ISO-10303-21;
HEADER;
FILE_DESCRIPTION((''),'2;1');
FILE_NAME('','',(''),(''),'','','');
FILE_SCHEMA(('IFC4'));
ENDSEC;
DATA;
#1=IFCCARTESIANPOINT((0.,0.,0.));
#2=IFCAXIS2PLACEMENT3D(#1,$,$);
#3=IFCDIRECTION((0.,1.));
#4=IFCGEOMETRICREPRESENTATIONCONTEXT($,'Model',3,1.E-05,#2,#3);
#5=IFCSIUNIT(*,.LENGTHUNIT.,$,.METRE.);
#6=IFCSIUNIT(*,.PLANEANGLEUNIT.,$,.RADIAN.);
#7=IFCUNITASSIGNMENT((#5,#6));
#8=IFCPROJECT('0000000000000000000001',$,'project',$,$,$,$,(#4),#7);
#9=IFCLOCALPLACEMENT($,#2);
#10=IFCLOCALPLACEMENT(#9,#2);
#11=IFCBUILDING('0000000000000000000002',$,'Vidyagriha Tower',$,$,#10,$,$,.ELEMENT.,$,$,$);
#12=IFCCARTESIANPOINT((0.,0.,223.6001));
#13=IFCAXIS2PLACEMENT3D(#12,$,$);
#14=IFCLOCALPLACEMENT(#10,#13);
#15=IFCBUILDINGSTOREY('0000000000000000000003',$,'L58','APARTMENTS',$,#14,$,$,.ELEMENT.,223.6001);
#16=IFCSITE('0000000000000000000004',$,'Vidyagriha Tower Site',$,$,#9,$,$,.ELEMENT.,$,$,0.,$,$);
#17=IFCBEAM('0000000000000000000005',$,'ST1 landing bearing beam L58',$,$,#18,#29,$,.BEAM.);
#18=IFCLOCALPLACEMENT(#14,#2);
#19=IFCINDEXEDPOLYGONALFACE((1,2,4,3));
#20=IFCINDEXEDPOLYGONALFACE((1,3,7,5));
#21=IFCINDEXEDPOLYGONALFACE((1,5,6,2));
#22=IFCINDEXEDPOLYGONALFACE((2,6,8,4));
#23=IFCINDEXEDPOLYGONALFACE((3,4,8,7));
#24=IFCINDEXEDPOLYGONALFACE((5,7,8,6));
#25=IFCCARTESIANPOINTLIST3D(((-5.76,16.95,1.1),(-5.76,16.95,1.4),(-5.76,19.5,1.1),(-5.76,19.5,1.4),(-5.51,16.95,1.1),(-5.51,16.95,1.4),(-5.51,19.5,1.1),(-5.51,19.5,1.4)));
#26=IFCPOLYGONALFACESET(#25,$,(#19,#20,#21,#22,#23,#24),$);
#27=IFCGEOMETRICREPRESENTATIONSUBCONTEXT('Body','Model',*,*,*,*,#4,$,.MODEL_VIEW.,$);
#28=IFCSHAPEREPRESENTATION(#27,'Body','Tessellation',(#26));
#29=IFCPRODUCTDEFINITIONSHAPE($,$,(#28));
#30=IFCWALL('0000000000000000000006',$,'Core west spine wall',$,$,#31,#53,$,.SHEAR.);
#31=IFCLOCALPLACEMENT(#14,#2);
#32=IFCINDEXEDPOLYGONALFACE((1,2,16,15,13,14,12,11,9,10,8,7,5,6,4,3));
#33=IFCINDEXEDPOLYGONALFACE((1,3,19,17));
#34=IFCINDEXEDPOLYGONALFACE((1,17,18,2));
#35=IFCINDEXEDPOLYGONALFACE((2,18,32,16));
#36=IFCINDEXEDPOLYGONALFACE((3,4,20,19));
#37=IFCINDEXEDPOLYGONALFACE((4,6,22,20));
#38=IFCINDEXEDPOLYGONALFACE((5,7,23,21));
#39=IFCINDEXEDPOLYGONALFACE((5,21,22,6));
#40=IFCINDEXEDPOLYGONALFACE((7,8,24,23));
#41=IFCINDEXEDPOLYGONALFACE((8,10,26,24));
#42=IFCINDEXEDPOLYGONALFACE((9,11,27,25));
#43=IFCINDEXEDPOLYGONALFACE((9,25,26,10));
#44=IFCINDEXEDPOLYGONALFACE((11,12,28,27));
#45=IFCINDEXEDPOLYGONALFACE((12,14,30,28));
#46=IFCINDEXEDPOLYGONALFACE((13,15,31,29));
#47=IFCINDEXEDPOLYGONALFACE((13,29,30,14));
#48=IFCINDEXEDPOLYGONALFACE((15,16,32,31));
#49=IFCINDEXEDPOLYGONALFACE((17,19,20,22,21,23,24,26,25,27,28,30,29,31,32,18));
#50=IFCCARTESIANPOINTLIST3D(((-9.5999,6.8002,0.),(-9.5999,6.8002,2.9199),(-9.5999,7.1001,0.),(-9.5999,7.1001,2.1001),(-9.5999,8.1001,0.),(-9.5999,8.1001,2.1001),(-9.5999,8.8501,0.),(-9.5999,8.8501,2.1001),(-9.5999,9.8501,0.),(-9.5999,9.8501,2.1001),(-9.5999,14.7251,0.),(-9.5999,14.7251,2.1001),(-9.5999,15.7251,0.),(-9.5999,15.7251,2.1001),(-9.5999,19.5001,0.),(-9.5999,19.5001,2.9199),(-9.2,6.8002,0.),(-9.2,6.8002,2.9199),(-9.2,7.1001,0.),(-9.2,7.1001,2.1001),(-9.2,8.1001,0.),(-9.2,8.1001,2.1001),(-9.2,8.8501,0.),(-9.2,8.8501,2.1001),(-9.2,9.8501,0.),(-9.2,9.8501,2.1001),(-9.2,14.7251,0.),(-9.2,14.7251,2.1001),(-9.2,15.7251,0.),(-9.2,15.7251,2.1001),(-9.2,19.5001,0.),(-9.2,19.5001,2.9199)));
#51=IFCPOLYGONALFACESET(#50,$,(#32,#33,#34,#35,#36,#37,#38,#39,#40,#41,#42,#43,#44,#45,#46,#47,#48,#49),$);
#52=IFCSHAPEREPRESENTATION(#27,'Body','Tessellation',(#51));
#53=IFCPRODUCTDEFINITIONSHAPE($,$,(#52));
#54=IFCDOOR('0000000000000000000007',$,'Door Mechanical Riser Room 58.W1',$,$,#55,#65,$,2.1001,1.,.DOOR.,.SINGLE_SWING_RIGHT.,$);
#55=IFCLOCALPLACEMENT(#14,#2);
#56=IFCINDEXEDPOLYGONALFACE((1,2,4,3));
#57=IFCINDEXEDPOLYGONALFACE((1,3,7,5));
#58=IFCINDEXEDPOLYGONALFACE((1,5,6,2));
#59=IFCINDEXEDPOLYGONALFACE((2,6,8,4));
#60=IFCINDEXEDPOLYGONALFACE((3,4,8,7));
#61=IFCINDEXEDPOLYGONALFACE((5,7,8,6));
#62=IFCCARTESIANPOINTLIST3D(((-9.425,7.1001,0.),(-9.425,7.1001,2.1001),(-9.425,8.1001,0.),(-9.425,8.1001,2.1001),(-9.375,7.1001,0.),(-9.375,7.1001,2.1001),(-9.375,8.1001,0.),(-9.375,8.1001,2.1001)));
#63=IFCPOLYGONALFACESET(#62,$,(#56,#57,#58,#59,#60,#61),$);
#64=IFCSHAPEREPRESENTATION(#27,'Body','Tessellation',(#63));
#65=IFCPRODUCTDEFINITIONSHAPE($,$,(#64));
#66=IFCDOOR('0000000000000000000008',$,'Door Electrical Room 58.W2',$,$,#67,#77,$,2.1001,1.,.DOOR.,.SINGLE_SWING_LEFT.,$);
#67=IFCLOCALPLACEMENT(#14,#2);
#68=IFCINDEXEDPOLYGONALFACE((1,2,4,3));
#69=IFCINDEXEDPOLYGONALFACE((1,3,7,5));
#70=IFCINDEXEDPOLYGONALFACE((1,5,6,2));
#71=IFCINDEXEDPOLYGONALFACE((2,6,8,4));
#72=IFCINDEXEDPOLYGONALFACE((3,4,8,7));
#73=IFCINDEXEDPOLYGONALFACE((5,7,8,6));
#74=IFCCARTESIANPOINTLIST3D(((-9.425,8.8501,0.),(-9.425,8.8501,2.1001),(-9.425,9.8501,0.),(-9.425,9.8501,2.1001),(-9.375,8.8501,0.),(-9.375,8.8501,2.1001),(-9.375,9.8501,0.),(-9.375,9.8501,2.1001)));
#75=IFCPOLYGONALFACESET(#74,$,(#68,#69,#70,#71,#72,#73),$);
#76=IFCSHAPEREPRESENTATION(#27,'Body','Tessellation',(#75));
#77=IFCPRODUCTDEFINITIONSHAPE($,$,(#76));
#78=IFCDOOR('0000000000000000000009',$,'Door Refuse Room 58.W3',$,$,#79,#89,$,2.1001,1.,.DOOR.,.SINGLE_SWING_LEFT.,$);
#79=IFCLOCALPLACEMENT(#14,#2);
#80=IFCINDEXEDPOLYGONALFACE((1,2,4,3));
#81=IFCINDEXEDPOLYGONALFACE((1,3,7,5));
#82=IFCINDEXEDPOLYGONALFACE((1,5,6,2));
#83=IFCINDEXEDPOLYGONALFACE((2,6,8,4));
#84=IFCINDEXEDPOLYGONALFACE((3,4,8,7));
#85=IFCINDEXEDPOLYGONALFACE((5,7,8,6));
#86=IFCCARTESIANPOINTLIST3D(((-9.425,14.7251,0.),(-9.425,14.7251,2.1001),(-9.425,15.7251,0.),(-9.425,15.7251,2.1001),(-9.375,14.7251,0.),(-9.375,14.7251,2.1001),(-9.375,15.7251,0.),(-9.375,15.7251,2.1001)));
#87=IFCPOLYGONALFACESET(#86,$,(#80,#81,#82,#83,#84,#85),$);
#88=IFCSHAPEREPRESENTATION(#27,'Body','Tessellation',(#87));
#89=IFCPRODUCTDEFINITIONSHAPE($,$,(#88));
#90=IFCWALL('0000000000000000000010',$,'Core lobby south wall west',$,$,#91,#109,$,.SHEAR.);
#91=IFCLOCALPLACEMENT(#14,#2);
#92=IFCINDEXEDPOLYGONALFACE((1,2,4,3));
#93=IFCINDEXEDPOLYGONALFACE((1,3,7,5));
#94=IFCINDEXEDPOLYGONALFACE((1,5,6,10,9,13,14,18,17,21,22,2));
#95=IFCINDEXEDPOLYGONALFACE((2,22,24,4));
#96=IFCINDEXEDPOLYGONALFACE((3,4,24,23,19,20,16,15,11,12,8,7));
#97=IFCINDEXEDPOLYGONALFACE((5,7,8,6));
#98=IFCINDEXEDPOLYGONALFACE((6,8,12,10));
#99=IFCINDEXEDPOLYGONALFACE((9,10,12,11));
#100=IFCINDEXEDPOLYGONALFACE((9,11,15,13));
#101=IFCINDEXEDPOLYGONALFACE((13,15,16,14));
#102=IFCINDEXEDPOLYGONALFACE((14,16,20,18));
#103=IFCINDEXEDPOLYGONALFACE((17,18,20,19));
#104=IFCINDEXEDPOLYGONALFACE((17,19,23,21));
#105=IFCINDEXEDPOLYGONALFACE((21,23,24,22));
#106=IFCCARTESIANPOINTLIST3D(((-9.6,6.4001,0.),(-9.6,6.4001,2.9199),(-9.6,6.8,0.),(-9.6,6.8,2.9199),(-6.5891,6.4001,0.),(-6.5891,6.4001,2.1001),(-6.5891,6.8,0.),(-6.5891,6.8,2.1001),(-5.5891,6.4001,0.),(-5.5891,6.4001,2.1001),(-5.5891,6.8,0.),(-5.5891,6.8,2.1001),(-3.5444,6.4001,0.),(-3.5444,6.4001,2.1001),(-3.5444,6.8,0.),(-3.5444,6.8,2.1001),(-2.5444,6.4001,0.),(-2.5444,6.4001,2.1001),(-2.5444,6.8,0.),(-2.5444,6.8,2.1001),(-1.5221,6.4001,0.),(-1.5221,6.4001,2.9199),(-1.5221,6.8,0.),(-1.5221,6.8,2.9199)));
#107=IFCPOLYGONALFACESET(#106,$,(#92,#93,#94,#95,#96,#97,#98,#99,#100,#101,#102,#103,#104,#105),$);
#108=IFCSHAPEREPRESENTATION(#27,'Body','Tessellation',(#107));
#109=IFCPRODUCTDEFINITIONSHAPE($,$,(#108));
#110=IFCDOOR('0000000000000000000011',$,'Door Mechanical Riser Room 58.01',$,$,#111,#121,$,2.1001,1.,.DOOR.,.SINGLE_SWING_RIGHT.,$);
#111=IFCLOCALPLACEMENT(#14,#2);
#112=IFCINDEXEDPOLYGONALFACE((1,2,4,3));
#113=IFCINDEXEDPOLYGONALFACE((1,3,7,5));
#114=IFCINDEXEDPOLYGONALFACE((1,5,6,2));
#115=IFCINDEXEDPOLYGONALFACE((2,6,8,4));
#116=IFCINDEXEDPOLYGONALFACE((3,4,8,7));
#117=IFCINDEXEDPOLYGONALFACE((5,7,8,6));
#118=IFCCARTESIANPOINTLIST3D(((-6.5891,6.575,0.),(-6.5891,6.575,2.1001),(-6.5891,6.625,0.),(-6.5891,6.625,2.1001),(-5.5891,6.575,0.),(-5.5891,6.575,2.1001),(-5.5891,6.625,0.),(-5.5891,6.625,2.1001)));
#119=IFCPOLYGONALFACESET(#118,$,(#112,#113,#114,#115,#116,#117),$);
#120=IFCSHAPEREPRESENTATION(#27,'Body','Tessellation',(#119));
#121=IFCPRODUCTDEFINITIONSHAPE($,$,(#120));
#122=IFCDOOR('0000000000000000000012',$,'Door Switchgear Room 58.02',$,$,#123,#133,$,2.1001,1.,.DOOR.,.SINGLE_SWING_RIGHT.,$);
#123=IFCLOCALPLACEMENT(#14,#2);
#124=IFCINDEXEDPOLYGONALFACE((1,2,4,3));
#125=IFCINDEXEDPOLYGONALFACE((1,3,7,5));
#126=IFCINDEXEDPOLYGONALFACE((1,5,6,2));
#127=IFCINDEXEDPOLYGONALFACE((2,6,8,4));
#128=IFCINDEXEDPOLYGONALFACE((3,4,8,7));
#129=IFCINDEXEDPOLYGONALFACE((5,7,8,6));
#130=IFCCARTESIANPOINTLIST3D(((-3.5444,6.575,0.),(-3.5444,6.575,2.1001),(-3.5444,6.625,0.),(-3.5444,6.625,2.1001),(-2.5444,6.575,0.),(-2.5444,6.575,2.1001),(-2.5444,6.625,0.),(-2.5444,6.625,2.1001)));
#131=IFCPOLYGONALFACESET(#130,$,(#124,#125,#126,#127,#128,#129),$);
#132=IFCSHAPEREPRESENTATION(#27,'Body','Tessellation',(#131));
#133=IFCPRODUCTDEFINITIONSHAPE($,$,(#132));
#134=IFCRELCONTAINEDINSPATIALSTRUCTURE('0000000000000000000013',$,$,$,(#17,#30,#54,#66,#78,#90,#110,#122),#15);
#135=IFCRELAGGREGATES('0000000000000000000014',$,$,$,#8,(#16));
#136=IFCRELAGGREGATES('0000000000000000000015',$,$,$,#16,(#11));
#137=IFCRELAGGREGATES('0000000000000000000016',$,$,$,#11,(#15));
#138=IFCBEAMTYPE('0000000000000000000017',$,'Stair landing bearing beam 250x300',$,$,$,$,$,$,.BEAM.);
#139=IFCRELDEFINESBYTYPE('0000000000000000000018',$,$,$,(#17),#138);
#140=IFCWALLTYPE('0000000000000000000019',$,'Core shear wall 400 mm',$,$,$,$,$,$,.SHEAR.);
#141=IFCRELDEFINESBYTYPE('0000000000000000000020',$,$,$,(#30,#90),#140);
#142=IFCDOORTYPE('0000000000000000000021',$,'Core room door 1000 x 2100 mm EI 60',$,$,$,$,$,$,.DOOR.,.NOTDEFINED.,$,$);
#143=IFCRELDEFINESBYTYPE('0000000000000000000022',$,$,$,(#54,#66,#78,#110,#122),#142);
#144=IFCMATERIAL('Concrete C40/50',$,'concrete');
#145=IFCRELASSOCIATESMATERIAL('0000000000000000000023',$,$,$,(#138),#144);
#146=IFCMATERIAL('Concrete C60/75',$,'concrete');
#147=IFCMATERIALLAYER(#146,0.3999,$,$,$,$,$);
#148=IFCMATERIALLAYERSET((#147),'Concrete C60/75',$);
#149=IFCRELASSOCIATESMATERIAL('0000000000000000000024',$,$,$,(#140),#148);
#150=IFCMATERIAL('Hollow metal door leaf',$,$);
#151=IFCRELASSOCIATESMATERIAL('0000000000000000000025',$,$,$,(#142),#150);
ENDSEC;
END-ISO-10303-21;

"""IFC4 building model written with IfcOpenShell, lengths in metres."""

from ifc_helpers import new_model, si_unit, direction, frame, frame_2d, origin, origin_2d, place, context, subcontext, project, spatial, rectangle, extrude, material, layer, layer_set, material_profile, profile_set, type_object, element, fill, save


model = new_model("IFC4")

# Units and contexts
model_context = context("Model", 3, precision=1e-05, world=origin(), true_north=direction((0.0, 1.0)))
body_context = subcontext(model_context, "Body", "Model", "MODEL_VIEW")
ifc_project = project(units=[si_unit("LENGTHUNIT", "METRE"), si_unit("PLANEANGLEUNIT", "RADIAN")], contexts=[model_context])

# Site, building, storey
site_placement = place(None, origin())
site = spatial("IfcSite", under=ifc_project, at=site_placement, Name="Vidyagriha Tower Site", CompositionType="ELEMENT", RefElevation=0.0)
building_placement = place(site_placement, origin())
building = spatial("IfcBuilding", under=site, at=building_placement, Name="Vidyagriha Tower", CompositionType="ELEMENT")
storey_placement = place(building_placement, frame((0.0, 0.0, 223.6001)))
storey = spatial("IfcBuildingStorey", under=building, at=storey_placement, Name="L58", Description="APARTMENTS", CompositionType="ELEMENT", Elevation=223.6001)

# Beam
ifc_material_1 = material(Name="Concrete C40/50", Category="concrete")
ifc_material_profile = material_profile(ifc_material_1, rectangle(XDim=0.25, YDim=0.3, at=origin_2d()), Name="Stair landing bearing beam 250x300")
ifc_profile_set = profile_set([ifc_material_profile], Name="Concrete C40/50")
beam_type = type_object("IfcBeamType", Name="Stair landing bearing beam 250x300", PredefinedType="BEAM", material=ifc_profile_set)
beam_placement = place(storey_placement, frame((-5.635, 16.95, 1.25), z_axis=(0.0, 1.0, 0.0), x_axis=(-1.0, 0.0, 0.0)))
element("IfcBeam", 1, at=beam_placement, inside=storey, type_object=beam_type, Name="ST1 landing bearing beam L58", PredefinedType="BEAM", context=body_context, shape_type="SweptSolid", body=[
    extrude(rectangle(XDim=0.25, YDim=0.3, at=origin_2d()), origin(), (0.0, 0.0, 1.0), 2.55),
])

# Walls, openings, doors
ifc_material_2 = material(Name="Concrete C60/75", Category="concrete")
ifc_layer_1 = layer(ifc_material_2, 0.3999)
ifc_layer_set_1 = layer_set([ifc_layer_1], Name="Concrete C60/75")
wall_type_1 = type_object("IfcWallType", Name="Core shear wall 400 mm", PredefinedType="SHEAR", material=ifc_layer_set_1)
wall_1_placement = place(storey_placement, frame((-9.3999, 6.8, 0.0), z_axis=(0.0, 0.0, 1.0), x_axis=(0.0, 1.0, 0.0)))
wall_1 = element("IfcWall", 2, at=wall_1_placement, inside=storey, type_object=wall_type_1, Name="Core west spine wall", PredefinedType="SHEAR", context=body_context, shape_type="SweptSolid", body=[
    extrude(rectangle(XDim=12.7, YDim=0.3999, at=frame_2d((6.3501, 0.0))), origin(), (0.0, 0.0, 1.0), 2.9199),
])
opening_1_placement = place(wall_1_placement, frame((0.3, 0.0, 0.0)))
opening_1 = element("IfcOpeningElement", 3, at=opening_1_placement, cuts=wall_1, PredefinedType="OPENING", context=body_context, shape_type="SweptSolid", body=[
    extrude(rectangle(XDim=1.0, YDim=2.1001, at=frame_2d((0.5, 1.05))), frame((0.0, 0.21, 0.0), z_axis=(0.0, -1.0, 0.0), x_axis=(1.0, 0.0, 0.0)), (0.0, 0.0, 1.0), 0.4199),
])
opening_2_placement = place(wall_1_placement, frame((2.05, 0.0, 0.0)))
opening_2 = element("IfcOpeningElement", 4, at=opening_2_placement, cuts=wall_1, PredefinedType="OPENING", context=body_context, shape_type="SweptSolid", body=[
    extrude(rectangle(XDim=1.0, YDim=2.1001, at=frame_2d((0.5, 1.05))), frame((0.0, 0.21, 0.0), z_axis=(0.0, -1.0, 0.0), x_axis=(1.0, 0.0, 0.0)), (0.0, 0.0, 1.0), 0.4199),
])
opening_3_placement = place(wall_1_placement, frame((7.925, 0.0, 0.0)))
opening_3 = element("IfcOpeningElement", 5, at=opening_3_placement, cuts=wall_1, PredefinedType="OPENING", context=body_context, shape_type="SweptSolid", body=[
    extrude(rectangle(XDim=1.0, YDim=2.1001, at=frame_2d((0.5, 1.05))), frame((0.0, 0.21, 0.0), z_axis=(0.0, -1.0, 0.0), x_axis=(1.0, 0.0, 0.0)), (0.0, 0.0, 1.0), 0.4199),
])
ifc_material_3 = material(Name="Hollow metal door leaf")
door_type_1 = type_object("IfcDoorType", Name="Core room door 1000 x 2100 mm EI 60", OperationType="NOTDEFINED", PredefinedType="DOOR", material=ifc_material_3)
door_1_placement = place(opening_1_placement, frame((1.0, 0.0, 0.0), z_axis=(0.0, 0.0, 1.0), x_axis=(-1.0, 0.0, 0.0)))
door_1 = element("IfcDoor", 6, at=door_1_placement, inside=storey, type_object=door_type_1, Name="Door Mechanical Riser Room 58.W1", OperationType="SINGLE_SWING_RIGHT", OverallHeight=2.1001, OverallWidth=1.0, PredefinedType="DOOR", context=body_context, shape_type="SweptSolid", body=[
    extrude(rectangle(XDim=1.0, YDim=2.1001, at=frame_2d((0.5, 1.05))), frame((0.0, 0.0249, 0.0), z_axis=(0.0, -1.0, 0.0), x_axis=(1.0, 0.0, 0.0)), (0.0, 0.0, 1.0), 0.05),
])
fill(opening_1, door_1)
door_2_placement = place(opening_2_placement, frame((1.0, 0.0, 0.0), z_axis=(0.0, 0.0, 1.0), x_axis=(-1.0, 0.0, 0.0)))
door_2 = element("IfcDoor", 7, at=door_2_placement, inside=storey, type_object=door_type_1, Name="Door Electrical Room 58.W2", OperationType="SINGLE_SWING_LEFT", OverallHeight=2.1001, OverallWidth=1.0, PredefinedType="DOOR", context=body_context, shape_type="SweptSolid", body=[
    extrude(rectangle(XDim=1.0, YDim=2.1001, at=frame_2d((0.5, 1.05))), frame((0.0, 0.0249, 0.0), z_axis=(0.0, -1.0, 0.0), x_axis=(1.0, 0.0, 0.0)), (0.0, 0.0, 1.0), 0.05),
])
fill(opening_2, door_2)
door_3_placement = place(opening_3_placement, frame((1.0, 0.0, 0.0), z_axis=(0.0, 0.0, 1.0), x_axis=(-1.0, 0.0, 0.0)))
door_3 = element("IfcDoor", 8, at=door_3_placement, inside=storey, type_object=door_type_1, Name="Door Refuse Room 58.W3", OperationType="SINGLE_SWING_LEFT", OverallHeight=2.1001, OverallWidth=1.0, PredefinedType="DOOR", context=body_context, shape_type="SweptSolid", body=[
    extrude(rectangle(XDim=1.0, YDim=2.1001, at=frame_2d((0.5, 1.05))), frame((0.0, 0.0249, 0.0), z_axis=(0.0, -1.0, 0.0), x_axis=(1.0, 0.0, 0.0)), (0.0, 0.0, 1.0), 0.05),
])
fill(opening_3, door_3)
wall_2_placement = place(storey_placement, frame((-9.6001, 6.6001, 0.0)))
wall_2 = element("IfcWall", 9, at=wall_2_placement, inside=storey, type_object=wall_type_1, Name="Core lobby south wall west", PredefinedType="SHEAR", context=body_context, shape_type="SweptSolid", body=[
    extrude(rectangle(XDim=8.0779, YDim=0.3999, at=frame_2d((4.0391, 0.0))), origin(), (0.0, 0.0, 1.0), 2.9199),
])
opening_4_placement = place(wall_2_placement, frame((3.011, 0.0, 0.0)))
opening_4 = element("IfcOpeningElement", 10, at=opening_4_placement, cuts=wall_2, PredefinedType="OPENING", context=body_context, shape_type="SweptSolid", body=[
    extrude(rectangle(XDim=1.0, YDim=2.1001, at=frame_2d((0.5, 1.05))), frame((0.0, 0.21, 0.0), z_axis=(0.0, -1.0, 0.0), x_axis=(1.0, 0.0, 0.0)), (0.0, 0.0, 1.0), 0.4199),
])
opening_5_placement = place(wall_2_placement, frame((6.0557, 0.0, 0.0)))
opening_5 = element("IfcOpeningElement", 11, at=opening_5_placement, cuts=wall_2, PredefinedType="OPENING", context=body_context, shape_type="SweptSolid", body=[
    extrude(rectangle(XDim=1.0, YDim=2.1001, at=frame_2d((0.5, 1.05))), frame((0.0, 0.21, 0.0), z_axis=(0.0, -1.0, 0.0), x_axis=(1.0, 0.0, 0.0)), (0.0, 0.0, 1.0), 0.4199),
])
door_4_placement = place(opening_4_placement, origin())
door_4 = element("IfcDoor", 12, at=door_4_placement, inside=storey, type_object=door_type_1, Name="Door Mechanical Riser Room 58.01", OperationType="SINGLE_SWING_RIGHT", OverallHeight=2.1001, OverallWidth=1.0, PredefinedType="DOOR", context=body_context, shape_type="SweptSolid", body=[
    extrude(rectangle(XDim=1.0, YDim=2.1001, at=frame_2d((0.5, 1.05))), frame((0.0, 0.0249, 0.0), z_axis=(0.0, -1.0, 0.0), x_axis=(1.0, 0.0, 0.0)), (0.0, 0.0, 1.0), 0.05),
])
fill(opening_4, door_4)
door_5_placement = place(opening_5_placement, origin())
door_5 = element("IfcDoor", 13, at=door_5_placement, inside=storey, type_object=door_type_1, Name="Door Switchgear Room 58.02", OperationType="SINGLE_SWING_RIGHT", OverallHeight=2.1001, OverallWidth=1.0, PredefinedType="DOOR", context=body_context, shape_type="SweptSolid", body=[
    extrude(rectangle(XDim=1.0, YDim=2.1001, at=frame_2d((0.5, 1.05))), frame((0.0, 0.0249, 0.0), z_axis=(0.0, -1.0, 0.0), x_axis=(1.0, 0.0, 0.0)), (0.0, 0.0, 1.0), 0.05),
])
fill(opening_5, door_5)

save(model, "model.ifc")
